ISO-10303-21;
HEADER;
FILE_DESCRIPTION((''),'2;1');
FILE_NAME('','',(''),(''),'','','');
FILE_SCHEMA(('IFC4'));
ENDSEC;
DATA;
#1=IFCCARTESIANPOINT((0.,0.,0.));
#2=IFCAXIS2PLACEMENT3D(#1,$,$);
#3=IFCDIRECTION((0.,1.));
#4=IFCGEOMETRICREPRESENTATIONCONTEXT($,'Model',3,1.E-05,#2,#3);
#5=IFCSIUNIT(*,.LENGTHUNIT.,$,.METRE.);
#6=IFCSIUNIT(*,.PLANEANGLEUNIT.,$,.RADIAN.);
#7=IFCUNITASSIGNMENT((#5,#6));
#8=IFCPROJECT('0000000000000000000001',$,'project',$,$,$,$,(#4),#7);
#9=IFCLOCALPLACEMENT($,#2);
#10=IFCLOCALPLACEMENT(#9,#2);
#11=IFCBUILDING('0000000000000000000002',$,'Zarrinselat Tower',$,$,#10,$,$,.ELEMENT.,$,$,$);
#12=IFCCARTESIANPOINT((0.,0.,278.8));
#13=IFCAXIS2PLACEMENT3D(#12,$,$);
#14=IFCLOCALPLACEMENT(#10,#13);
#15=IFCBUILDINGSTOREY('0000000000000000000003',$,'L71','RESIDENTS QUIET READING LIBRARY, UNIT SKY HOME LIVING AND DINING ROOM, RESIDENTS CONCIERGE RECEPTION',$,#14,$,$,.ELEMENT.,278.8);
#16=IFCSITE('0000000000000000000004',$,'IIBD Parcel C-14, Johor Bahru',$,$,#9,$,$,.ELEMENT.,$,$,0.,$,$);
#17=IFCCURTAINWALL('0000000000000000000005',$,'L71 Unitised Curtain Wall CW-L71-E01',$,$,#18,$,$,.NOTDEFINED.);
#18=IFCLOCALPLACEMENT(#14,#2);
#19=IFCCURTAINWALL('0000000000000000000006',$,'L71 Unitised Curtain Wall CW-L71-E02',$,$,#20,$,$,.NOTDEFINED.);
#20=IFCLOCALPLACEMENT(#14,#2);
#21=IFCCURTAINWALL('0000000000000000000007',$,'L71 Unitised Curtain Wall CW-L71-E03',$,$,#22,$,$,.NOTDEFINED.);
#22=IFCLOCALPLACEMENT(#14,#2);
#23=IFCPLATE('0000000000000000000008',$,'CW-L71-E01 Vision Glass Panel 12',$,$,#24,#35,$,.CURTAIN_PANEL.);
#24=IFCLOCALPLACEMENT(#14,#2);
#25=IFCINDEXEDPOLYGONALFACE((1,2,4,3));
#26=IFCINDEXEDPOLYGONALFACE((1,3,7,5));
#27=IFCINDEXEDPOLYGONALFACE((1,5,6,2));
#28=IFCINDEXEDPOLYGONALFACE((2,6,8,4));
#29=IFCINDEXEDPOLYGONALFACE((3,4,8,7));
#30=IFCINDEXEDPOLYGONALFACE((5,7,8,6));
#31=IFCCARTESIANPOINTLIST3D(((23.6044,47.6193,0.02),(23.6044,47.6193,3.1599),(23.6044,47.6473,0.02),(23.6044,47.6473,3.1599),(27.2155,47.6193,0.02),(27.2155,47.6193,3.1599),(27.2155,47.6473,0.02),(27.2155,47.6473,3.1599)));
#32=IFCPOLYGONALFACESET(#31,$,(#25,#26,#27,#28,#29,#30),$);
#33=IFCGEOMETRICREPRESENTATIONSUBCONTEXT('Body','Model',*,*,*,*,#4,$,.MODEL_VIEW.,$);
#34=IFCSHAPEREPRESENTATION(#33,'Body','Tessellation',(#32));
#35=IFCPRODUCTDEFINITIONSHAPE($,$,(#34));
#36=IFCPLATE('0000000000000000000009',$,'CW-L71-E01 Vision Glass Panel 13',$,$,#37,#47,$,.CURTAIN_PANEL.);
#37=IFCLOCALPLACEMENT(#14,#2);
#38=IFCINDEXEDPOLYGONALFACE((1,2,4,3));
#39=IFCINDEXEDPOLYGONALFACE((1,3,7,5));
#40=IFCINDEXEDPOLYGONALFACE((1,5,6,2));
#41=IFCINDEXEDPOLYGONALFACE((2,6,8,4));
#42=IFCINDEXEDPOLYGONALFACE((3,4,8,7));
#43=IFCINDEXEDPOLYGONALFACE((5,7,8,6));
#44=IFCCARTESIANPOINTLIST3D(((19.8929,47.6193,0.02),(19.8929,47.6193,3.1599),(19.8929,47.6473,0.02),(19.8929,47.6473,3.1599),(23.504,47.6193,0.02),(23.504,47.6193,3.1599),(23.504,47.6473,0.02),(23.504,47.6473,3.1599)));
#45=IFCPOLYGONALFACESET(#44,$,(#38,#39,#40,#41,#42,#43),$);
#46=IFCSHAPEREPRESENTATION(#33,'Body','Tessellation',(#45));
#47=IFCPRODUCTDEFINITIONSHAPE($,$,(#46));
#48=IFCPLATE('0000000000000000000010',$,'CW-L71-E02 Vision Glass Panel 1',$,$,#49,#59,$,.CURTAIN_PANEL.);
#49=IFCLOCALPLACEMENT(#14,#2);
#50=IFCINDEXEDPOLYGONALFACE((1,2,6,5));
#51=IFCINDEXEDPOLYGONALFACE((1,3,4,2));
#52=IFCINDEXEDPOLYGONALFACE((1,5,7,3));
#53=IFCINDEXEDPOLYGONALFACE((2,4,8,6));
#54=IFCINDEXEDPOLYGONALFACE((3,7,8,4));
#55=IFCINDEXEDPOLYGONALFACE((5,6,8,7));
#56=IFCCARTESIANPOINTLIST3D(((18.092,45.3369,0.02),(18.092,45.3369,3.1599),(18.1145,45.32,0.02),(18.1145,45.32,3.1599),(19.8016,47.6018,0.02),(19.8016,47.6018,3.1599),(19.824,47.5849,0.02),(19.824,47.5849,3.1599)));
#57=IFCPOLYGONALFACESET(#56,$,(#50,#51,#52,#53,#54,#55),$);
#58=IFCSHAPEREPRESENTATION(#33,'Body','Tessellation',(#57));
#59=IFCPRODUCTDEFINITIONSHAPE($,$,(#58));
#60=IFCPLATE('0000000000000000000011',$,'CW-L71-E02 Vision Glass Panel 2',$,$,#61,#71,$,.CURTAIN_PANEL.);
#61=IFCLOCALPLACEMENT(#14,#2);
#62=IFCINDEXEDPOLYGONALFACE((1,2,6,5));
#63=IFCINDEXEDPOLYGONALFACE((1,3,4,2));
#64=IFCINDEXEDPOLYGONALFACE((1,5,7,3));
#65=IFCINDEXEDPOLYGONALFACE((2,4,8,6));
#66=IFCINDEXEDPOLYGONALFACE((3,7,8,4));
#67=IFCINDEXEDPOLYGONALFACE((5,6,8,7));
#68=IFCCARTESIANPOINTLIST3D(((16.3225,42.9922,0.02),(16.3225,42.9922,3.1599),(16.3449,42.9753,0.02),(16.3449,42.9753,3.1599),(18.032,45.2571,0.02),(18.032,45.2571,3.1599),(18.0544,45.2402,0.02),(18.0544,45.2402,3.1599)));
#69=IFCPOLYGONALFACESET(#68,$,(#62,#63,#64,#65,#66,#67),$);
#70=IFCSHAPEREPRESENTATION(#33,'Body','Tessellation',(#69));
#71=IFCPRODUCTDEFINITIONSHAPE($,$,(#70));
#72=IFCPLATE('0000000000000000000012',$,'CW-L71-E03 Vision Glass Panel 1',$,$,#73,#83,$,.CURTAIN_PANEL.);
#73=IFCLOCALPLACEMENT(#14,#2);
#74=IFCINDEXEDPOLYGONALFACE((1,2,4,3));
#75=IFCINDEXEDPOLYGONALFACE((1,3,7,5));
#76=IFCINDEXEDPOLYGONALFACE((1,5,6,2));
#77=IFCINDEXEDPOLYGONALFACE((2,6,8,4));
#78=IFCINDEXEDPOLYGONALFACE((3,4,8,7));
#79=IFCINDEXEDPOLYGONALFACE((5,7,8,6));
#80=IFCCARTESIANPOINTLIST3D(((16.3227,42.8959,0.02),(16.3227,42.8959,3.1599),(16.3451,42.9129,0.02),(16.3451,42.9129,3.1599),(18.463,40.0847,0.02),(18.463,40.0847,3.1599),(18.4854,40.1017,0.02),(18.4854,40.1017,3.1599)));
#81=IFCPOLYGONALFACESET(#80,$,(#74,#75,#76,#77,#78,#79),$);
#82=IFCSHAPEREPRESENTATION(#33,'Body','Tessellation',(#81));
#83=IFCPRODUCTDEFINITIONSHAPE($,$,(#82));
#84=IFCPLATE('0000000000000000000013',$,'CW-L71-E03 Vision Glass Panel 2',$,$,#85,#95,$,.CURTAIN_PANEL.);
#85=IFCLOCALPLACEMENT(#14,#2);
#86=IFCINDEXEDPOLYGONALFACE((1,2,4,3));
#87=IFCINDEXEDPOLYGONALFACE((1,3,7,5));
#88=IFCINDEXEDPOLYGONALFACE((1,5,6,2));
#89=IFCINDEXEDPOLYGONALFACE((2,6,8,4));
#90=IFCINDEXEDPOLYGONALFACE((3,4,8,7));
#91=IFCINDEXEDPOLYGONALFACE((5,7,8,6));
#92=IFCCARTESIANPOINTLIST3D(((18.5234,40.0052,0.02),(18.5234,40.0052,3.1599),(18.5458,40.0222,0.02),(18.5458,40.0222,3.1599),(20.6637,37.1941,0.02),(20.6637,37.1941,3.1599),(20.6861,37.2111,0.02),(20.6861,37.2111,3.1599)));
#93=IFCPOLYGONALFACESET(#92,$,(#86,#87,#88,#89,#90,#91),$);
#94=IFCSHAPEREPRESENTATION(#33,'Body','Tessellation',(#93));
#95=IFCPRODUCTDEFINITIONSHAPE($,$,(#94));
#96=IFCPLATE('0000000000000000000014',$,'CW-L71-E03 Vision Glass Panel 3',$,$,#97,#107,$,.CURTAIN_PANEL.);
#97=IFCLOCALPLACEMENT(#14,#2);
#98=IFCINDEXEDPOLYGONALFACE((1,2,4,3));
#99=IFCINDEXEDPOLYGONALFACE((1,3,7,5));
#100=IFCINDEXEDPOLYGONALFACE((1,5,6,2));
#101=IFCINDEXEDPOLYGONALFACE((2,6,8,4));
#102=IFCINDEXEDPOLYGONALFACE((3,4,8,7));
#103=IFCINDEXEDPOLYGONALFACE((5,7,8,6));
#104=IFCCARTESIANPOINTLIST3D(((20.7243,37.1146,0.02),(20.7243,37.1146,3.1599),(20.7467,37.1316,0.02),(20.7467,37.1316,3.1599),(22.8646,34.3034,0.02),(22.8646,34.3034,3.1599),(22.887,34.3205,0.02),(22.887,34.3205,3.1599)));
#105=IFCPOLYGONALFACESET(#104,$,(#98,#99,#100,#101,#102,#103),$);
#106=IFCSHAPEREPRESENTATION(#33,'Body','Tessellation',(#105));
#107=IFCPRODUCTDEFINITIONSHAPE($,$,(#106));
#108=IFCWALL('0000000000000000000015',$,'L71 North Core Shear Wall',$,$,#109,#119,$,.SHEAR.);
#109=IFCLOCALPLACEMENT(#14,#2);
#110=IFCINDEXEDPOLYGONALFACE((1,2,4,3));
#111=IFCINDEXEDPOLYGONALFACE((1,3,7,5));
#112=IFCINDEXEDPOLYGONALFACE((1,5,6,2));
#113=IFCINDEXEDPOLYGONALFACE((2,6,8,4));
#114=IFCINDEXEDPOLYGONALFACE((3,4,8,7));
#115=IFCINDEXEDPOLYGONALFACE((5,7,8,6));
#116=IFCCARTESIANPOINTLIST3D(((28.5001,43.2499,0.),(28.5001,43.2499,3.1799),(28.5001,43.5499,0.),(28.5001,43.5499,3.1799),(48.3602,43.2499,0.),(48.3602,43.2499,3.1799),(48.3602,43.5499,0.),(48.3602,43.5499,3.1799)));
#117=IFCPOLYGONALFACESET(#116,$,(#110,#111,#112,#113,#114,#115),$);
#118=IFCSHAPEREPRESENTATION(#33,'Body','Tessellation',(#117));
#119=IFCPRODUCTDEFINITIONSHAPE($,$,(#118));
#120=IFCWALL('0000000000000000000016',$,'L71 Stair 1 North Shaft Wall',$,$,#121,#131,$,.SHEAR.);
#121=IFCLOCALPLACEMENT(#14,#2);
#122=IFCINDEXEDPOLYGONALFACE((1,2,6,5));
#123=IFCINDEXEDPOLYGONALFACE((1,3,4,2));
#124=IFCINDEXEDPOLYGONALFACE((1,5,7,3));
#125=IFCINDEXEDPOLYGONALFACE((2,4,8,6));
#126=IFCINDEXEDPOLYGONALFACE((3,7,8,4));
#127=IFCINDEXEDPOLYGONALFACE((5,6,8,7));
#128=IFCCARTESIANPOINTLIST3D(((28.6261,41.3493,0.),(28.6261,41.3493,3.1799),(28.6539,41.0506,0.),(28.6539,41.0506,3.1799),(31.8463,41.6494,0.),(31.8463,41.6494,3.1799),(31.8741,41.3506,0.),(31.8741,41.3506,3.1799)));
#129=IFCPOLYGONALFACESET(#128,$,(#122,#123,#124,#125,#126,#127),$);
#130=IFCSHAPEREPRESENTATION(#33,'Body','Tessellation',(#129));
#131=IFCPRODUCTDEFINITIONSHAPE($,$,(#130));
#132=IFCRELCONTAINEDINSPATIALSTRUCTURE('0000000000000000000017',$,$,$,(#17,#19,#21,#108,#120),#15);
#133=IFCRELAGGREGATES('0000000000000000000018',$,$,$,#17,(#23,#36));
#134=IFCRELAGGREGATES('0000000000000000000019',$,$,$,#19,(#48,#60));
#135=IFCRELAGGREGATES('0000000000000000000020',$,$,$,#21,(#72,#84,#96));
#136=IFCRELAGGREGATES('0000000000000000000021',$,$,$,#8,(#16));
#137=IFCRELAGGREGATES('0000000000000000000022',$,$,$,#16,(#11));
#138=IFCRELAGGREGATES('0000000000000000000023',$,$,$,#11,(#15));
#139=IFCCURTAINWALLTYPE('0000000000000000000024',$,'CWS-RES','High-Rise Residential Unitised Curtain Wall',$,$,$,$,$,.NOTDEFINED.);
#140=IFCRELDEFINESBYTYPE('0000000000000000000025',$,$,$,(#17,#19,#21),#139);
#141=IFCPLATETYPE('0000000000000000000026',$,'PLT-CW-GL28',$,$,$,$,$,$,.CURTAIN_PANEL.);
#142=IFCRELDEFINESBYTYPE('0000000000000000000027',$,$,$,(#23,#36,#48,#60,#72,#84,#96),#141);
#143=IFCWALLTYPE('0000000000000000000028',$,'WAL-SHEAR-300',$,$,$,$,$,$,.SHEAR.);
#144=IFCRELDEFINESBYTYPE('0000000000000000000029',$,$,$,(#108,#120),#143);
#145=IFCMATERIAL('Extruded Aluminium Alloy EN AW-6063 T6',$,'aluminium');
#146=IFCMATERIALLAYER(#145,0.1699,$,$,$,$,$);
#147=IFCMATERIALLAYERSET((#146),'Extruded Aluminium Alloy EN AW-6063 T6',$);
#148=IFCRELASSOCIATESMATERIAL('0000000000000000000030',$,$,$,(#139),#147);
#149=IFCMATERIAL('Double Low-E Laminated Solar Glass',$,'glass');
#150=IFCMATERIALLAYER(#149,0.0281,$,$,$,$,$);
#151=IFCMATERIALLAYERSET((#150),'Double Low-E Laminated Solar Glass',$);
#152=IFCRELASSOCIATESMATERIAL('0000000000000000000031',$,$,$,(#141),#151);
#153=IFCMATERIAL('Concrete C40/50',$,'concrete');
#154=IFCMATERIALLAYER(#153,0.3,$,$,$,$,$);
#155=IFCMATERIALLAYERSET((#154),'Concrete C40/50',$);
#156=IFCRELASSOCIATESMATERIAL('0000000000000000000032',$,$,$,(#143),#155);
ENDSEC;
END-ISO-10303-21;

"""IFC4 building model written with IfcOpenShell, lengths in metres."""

from ifc_helpers import new_model, si_unit, direction, frame, frame_2d, origin, origin_2d, place, context, subcontext, project, spatial, rectangle, extrude, material, layer, layer_set, type_object, element, aggregate, save


model = new_model("IFC4")

# Units and contexts
model_context = context("Model", 3, precision=1e-05, world=origin(), true_north=direction((0.0, 1.0)))
body_context = subcontext(model_context, "Body", "Model", "MODEL_VIEW")
ifc_project = project(units=[si_unit("LENGTHUNIT", "METRE"), si_unit("PLANEANGLEUNIT", "RADIAN")], contexts=[model_context])

# Site, building, storey
site_placement = place(None, origin())
site = spatial("IfcSite", under=ifc_project, at=site_placement, Name="IIBD Parcel C-14, Johor Bahru", CompositionType="ELEMENT", RefElevation=0.0)
building_placement = place(site_placement, origin())
building = spatial("IfcBuilding", under=site, at=building_placement, Name="Zarrinselat Tower", CompositionType="ELEMENT")
storey_placement = place(building_placement, frame((0.0, 0.0, 278.8)))
storey = spatial("IfcBuildingStorey", under=building, at=storey_placement, Name="L71", Description="RESIDENTS QUIET READING LIBRARY, UNIT SKY HOME LIVING AND DINING ROOM, RESIDENTS CONCIERGE RECEPTION", CompositionType="ELEMENT", Elevation=278.8)

# Curtain walls
ifc_material_1 = material(Name="Extruded Aluminium Alloy EN AW-6063 T6", Category="aluminium")
ifc_layer_1 = layer(ifc_material_1, 0.1699)
ifc_layer_set_1 = layer_set([ifc_layer_1], Name="Extruded Aluminium Alloy EN AW-6063 T6")
curtain_wall_type = type_object("IfcCurtainWallType", Name="CWS-RES", Description="High-Rise Residential Unitised Curtain Wall", PredefinedType="NOTDEFINED", material=ifc_layer_set_1)
curtain_wall_1_placement = place(storey_placement, origin())
curtain_wall_1 = element("IfcCurtainWall", 1, at=curtain_wall_1_placement, inside=storey, type_object=curtain_wall_type, Name="L71 Unitised Curtain Wall CW-L71-E01", PredefinedType="NOTDEFINED")
curtain_wall_2_placement = place(storey_placement, origin())
curtain_wall_2 = element("IfcCurtainWall", 2, at=curtain_wall_2_placement, inside=storey, type_object=curtain_wall_type, Name="L71 Unitised Curtain Wall CW-L71-E02", PredefinedType="NOTDEFINED")
curtain_wall_3_placement = place(storey_placement, origin())
curtain_wall_3 = element("IfcCurtainWall", 3, at=curtain_wall_3_placement, inside=storey, type_object=curtain_wall_type, Name="L71 Unitised Curtain Wall CW-L71-E03", PredefinedType="NOTDEFINED")

# Plates
ifc_material_2 = material(Name="Double Low-E Laminated Solar Glass", Category="glass")
ifc_layer_2 = layer(ifc_material_2, 0.0281)
ifc_layer_set_2 = layer_set([ifc_layer_2], Name="Double Low-E Laminated Solar Glass")
plate_type = type_object("IfcPlateType", Name="PLT-CW-GL28", PredefinedType="CURTAIN_PANEL", material=ifc_layer_set_2)
plate_1_placement = place(storey_placement, frame((25.4099, 47.6333, 0.02), z_axis=(0.0, 0.0, 1.0), x_axis=(-1.0, 0.0, 0.0)))
plate_1 = element("IfcPlate", 4, at=plate_1_placement, type_object=plate_type, Name="CW-L71-E01 Vision Glass Panel 12", PredefinedType="CURTAIN_PANEL", context=body_context, shape_type="SweptSolid", body=[
    extrude(rectangle(XDim=3.6111, YDim=0.0281, at=origin_2d()), origin(), (0.0, 0.0, 1.0), 3.1399),
])
plate_2_placement = place(storey_placement, frame((21.6985, 47.6333, 0.02), z_axis=(0.0, 0.0, 1.0), x_axis=(-1.0, 0.0, 0.0)))
plate_2 = element("IfcPlate", 5, at=plate_2_placement, type_object=plate_type, Name="CW-L71-E01 Vision Glass Panel 13", PredefinedType="CURTAIN_PANEL", context=body_context, shape_type="SweptSolid", body=[
    extrude(rectangle(XDim=3.6111, YDim=0.0281, at=origin_2d()), origin(), (0.0, 0.0, 1.0), 3.1399),
])
aggregate(curtain_wall_1, [plate_1, plate_2])
plate_3_placement = place(storey_placement, frame((18.958, 46.4609, 0.02), z_axis=(0.0, 0.0, 1.0), x_axis=(-0.60244, -0.798164, 0.0)))
plate_3 = element("IfcPlate", 6, at=plate_3_placement, type_object=plate_type, Name="CW-L71-E02 Vision Glass Panel 1", PredefinedType="CURTAIN_PANEL", context=body_context, shape_type="SweptSolid", body=[
    extrude(rectangle(XDim=2.8376, YDim=0.0281, at=origin_2d()), origin(), (0.0, 0.0, 1.0), 3.1399),
])
plate_4_placement = place(storey_placement, frame((17.1885, 44.1162, 0.02), z_axis=(0.0, 0.0, 1.0), x_axis=(-0.60244, -0.798164, 0.0)))
plate_4 = element("IfcPlate", 7, at=plate_4_placement, type_object=plate_type, Name="CW-L71-E02 Vision Glass Panel 2", PredefinedType="CURTAIN_PANEL", context=body_context, shape_type="SweptSolid", body=[
    extrude(rectangle(XDim=2.8376, YDim=0.0281, at=origin_2d()), origin(), (0.0, 0.0, 1.0), 3.1399),
])
aggregate(curtain_wall_2, [plate_3, plate_4])
plate_5_placement = place(storey_placement, frame((17.4041, 41.4988, 0.02), z_axis=(0.0, 0.0, 1.0), x_axis=(0.605767, -0.795642, 0.0)))
plate_5 = element("IfcPlate", 8, at=plate_5_placement, type_object=plate_type, Name="CW-L71-E03 Vision Glass Panel 1", PredefinedType="CURTAIN_PANEL", context=body_context, shape_type="SweptSolid", body=[
    extrude(rectangle(XDim=3.5332, YDim=0.0281, at=origin_2d()), origin(), (0.0, 0.0, 1.0), 3.1399),
])
plate_6_placement = place(storey_placement, frame((19.6047, 38.6082, 0.02), z_axis=(0.0, 0.0, 1.0), x_axis=(0.605767, -0.795642, 0.0)))
plate_6 = element("IfcPlate", 9, at=plate_6_placement, type_object=plate_type, Name="CW-L71-E03 Vision Glass Panel 2", PredefinedType="CURTAIN_PANEL", context=body_context, shape_type="SweptSolid", body=[
    extrude(rectangle(XDim=3.5332, YDim=0.0281, at=origin_2d()), origin(), (0.0, 0.0, 1.0), 3.1399),
])
plate_7_placement = place(storey_placement, frame((21.8057, 35.7175, 0.02), z_axis=(0.0, 0.0, 1.0), x_axis=(0.605767, -0.795642, 0.0)))
plate_7 = element("IfcPlate", 10, at=plate_7_placement, type_object=plate_type, Name="CW-L71-E03 Vision Glass Panel 3", PredefinedType="CURTAIN_PANEL", context=body_context, shape_type="SweptSolid", body=[
    extrude(rectangle(XDim=3.5332, YDim=0.0281, at=origin_2d()), origin(), (0.0, 0.0, 1.0), 3.1399),
])
aggregate(curtain_wall_3, [plate_5, plate_6, plate_7])

# Walls
ifc_material_3 = material(Name="Concrete C40/50", Category="concrete")
ifc_layer_3 = layer(ifc_material_3, 0.3)
ifc_layer_set_3 = layer_set([ifc_layer_3], Name="Concrete C40/50")
wall_type = type_object("IfcWallType", Name="WAL-SHEAR-300", PredefinedType="SHEAR", material=ifc_layer_set_3)
wall_1_placement = place(storey_placement, frame((28.5, 43.3999, 0.0), z_axis=(0.0, 0.0, 1.0), x_axis=(1.0, 0.0, 0.0)))
element("IfcWall", 11, at=wall_1_placement, inside=storey, type_object=wall_type, Name="L71 North Core Shear Wall", PredefinedType="SHEAR", context=body_context, shape_type="SweptSolid", body=[
    extrude(rectangle(XDim=19.8601, YDim=0.3, at=frame_2d((9.9302, 0.0))), origin(), (0.0, 0.0, 1.0), 3.1799),
])
wall_2_placement = place(storey_placement, frame((28.6399, 41.2, 0.0), z_axis=(0.0, 0.0, 1.0), x_axis=(0.995687, 0.092775, 0.0)))
element("IfcWall", 12, at=wall_2_placement, inside=storey, type_object=wall_type, Name="L71 Stair 1 North Shaft Wall", PredefinedType="SHEAR", context=body_context, shape_type="SweptSolid", body=[
    extrude(rectangle(XDim=3.2341, YDim=0.3, at=frame_2d((1.6172, 0.0))), origin(), (0.0, 0.0, 1.0), 3.1799),
])

save(model, "model.ifc")
